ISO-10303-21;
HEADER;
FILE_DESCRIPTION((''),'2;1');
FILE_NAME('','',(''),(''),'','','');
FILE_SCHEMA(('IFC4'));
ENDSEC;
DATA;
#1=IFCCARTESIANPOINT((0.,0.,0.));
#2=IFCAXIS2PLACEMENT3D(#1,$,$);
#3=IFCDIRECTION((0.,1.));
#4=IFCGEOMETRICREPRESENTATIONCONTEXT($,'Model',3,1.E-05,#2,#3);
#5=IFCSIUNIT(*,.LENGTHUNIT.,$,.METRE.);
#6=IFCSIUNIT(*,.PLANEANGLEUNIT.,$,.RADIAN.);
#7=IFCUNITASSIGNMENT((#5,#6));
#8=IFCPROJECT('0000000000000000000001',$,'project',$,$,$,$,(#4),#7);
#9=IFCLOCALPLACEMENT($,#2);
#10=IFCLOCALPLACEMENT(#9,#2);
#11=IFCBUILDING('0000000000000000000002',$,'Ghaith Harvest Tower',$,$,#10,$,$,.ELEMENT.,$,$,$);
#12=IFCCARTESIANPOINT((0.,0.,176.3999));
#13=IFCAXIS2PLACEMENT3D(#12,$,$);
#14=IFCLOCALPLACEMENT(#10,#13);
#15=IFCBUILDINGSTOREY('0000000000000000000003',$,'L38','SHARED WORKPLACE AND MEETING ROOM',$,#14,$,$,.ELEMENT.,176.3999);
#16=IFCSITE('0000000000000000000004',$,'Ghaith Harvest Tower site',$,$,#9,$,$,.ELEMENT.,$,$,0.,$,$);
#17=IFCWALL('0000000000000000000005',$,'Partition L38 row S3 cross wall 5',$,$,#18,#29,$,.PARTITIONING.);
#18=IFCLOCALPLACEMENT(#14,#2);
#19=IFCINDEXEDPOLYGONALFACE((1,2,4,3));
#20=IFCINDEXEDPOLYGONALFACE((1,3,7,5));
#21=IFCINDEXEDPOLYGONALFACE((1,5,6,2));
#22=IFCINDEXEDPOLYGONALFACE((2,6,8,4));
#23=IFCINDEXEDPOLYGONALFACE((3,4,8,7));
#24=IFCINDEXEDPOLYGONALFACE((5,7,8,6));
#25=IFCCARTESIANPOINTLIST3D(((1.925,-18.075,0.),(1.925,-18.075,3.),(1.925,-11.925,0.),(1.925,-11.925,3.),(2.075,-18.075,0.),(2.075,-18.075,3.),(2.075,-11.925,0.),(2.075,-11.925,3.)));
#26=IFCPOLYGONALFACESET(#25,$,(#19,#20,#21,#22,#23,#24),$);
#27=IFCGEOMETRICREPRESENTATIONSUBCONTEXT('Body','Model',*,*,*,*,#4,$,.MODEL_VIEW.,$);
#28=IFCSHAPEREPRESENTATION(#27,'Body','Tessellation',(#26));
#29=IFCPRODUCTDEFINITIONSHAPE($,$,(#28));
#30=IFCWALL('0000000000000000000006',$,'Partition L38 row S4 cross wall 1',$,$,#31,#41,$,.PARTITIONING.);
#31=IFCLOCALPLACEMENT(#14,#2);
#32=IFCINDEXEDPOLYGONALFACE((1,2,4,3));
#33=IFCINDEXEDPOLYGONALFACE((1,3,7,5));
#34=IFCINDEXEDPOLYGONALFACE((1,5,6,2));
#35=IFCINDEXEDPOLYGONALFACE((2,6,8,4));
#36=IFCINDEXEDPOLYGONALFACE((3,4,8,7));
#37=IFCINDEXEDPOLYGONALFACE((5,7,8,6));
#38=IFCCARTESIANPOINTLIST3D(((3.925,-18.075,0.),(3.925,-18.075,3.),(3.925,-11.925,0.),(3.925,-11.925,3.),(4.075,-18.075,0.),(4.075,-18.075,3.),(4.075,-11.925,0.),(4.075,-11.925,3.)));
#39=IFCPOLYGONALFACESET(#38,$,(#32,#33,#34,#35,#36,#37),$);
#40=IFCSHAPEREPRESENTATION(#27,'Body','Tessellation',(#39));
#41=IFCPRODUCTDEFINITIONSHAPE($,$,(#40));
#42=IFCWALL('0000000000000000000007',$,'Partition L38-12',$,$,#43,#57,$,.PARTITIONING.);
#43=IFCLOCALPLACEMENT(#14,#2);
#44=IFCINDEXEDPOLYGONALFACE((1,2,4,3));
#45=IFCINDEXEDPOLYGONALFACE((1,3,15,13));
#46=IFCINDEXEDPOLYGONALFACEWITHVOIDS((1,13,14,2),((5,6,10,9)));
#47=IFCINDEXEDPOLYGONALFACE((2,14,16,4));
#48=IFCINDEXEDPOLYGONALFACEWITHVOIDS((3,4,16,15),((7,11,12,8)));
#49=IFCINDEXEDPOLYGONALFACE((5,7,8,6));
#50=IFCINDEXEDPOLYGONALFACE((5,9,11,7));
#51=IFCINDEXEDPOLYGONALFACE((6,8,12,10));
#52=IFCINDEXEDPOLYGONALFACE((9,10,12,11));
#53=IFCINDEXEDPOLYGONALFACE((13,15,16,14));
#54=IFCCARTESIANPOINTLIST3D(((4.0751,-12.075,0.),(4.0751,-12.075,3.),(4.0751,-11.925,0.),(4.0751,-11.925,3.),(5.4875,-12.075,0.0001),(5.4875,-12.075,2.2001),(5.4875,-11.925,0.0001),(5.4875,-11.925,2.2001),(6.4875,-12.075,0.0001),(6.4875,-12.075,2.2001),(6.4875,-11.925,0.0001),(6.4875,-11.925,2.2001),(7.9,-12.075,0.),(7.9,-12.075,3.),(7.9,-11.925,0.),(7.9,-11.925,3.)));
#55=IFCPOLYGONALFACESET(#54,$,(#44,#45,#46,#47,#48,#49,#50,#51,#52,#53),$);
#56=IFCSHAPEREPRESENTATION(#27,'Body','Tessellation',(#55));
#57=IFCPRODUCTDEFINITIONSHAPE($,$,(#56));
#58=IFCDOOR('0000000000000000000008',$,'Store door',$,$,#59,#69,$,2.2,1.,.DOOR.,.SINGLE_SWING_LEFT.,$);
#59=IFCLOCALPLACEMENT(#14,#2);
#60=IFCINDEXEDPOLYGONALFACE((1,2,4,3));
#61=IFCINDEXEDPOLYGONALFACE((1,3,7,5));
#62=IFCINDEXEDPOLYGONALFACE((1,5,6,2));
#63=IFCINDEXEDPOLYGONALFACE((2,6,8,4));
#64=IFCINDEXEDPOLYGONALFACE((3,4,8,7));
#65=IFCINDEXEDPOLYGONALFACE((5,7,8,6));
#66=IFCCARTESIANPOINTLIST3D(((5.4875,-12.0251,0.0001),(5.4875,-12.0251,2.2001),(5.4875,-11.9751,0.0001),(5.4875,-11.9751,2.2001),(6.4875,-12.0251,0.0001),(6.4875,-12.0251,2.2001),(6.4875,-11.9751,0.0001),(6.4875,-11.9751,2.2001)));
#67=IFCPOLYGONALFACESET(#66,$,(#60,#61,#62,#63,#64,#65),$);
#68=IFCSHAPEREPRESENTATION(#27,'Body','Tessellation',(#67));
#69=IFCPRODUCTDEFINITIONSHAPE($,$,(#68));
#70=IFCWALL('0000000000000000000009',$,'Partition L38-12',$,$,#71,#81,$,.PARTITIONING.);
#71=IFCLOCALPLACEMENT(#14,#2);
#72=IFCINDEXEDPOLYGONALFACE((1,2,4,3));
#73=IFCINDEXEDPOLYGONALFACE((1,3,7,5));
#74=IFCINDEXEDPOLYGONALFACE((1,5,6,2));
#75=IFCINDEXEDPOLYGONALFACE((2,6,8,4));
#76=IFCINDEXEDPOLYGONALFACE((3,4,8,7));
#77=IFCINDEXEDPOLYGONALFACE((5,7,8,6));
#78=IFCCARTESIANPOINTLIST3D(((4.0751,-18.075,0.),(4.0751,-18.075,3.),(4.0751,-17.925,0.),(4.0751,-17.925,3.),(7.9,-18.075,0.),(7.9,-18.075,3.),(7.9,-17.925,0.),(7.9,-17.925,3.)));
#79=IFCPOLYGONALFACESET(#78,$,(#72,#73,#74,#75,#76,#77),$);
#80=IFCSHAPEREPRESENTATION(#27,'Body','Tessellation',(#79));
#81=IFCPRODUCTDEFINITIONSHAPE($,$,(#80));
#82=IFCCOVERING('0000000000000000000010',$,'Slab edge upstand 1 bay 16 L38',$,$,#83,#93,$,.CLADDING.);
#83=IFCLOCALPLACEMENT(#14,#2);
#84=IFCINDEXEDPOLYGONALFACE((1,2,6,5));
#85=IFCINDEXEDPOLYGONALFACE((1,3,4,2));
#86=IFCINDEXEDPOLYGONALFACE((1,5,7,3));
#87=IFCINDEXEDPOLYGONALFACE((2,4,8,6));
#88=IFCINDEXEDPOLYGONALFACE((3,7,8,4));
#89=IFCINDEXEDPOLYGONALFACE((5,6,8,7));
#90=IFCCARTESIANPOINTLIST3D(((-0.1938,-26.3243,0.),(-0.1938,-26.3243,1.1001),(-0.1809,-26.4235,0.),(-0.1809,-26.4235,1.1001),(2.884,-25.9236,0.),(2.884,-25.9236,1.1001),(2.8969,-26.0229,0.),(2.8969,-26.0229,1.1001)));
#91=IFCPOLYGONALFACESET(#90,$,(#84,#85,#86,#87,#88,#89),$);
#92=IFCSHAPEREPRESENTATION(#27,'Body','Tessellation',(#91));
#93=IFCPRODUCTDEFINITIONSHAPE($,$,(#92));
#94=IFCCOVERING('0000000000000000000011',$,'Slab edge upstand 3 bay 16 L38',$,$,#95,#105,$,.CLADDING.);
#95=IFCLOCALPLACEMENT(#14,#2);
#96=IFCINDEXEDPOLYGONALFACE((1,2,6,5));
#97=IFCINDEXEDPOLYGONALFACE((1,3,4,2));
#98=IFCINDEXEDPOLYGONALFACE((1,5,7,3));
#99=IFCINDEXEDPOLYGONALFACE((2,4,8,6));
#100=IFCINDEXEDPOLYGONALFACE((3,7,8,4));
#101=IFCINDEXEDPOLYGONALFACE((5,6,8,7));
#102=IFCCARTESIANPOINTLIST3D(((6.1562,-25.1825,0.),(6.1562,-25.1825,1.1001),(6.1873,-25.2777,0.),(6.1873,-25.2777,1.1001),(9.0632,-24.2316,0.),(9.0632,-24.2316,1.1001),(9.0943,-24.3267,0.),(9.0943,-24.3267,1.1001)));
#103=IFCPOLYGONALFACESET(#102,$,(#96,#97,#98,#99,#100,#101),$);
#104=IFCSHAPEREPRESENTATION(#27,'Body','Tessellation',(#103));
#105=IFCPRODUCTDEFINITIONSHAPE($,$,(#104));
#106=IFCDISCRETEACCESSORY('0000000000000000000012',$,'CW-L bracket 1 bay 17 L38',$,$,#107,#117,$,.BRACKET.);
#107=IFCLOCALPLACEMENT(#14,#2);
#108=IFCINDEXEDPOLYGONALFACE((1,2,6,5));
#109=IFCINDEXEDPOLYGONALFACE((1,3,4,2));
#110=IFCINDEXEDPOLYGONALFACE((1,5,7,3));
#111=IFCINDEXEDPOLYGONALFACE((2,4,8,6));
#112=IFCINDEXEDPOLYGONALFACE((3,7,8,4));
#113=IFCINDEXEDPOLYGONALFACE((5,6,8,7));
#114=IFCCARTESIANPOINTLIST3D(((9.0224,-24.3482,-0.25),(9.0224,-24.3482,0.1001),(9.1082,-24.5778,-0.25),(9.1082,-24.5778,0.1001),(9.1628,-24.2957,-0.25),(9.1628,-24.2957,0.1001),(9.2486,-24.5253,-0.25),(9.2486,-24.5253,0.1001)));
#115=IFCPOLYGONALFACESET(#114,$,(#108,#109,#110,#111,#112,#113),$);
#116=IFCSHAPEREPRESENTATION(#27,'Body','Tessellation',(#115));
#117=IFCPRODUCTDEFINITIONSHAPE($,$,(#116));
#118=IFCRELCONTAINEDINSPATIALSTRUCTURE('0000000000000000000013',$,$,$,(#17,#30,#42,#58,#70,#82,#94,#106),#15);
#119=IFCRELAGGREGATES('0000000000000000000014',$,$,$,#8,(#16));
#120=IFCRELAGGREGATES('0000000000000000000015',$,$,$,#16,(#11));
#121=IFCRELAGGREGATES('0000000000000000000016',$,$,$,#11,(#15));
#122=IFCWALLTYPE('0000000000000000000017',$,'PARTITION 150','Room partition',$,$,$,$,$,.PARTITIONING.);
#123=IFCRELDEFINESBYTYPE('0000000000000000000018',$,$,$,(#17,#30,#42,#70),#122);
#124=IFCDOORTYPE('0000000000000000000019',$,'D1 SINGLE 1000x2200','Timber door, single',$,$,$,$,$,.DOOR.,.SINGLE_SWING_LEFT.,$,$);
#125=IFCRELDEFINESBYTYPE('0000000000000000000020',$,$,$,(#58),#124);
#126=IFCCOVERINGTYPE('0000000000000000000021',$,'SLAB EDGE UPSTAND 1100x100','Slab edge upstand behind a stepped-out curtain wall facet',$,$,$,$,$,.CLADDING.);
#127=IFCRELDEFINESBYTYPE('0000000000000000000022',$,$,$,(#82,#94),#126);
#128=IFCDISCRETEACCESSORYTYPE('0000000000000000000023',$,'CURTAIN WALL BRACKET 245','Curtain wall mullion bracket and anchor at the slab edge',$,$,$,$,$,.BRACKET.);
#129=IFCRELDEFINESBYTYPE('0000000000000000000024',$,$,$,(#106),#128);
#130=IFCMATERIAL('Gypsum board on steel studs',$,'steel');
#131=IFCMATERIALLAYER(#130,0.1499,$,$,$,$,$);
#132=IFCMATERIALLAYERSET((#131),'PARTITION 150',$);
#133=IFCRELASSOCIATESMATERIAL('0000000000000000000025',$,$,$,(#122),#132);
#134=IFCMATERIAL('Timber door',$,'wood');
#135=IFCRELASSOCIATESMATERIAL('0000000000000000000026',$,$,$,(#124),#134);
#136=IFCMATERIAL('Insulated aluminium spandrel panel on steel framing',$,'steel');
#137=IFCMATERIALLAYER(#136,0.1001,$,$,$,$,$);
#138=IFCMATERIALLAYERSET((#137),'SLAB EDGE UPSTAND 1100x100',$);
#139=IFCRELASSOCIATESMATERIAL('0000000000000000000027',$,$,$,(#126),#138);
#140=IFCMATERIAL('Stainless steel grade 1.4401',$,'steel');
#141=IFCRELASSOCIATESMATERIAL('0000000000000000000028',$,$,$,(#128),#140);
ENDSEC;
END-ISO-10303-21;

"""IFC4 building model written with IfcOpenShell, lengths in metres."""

from ifc_helpers import new_model, si_unit, direction, frame, frame_2d, origin, origin_2d, place, context, subcontext, project, spatial, rectangle, extrude, material, layer, layer_set, type_object, element, fill, save


model = new_model("IFC4")

# Units and contexts
model_context = context("Model", 3, precision=1e-05, world=origin(), true_north=direction((0.0, 1.0)))
body_context = subcontext(model_context, "Body", "Model", "MODEL_VIEW")
ifc_project = project(units=[si_unit("LENGTHUNIT", "METRE"), si_unit("PLANEANGLEUNIT", "RADIAN")], contexts=[model_context])

# Site, building, storey
site_placement = place(None, origin())
site = spatial("IfcSite", under=ifc_project, at=site_placement, Name="Ghaith Harvest Tower site", CompositionType="ELEMENT", RefElevation=0.0)
building_placement = place(site_placement, origin())
building = spatial("IfcBuilding", under=site, at=building_placement, Name="Ghaith Harvest Tower", CompositionType="ELEMENT")
storey_placement = place(building_placement, frame((0.0, 0.0, 176.3999)))
storey = spatial("IfcBuildingStorey", under=building, at=storey_placement, Name="L38", Description="SHARED WORKPLACE AND MEETING ROOM", CompositionType="ELEMENT", Elevation=176.3999)

# Walls
ifc_material_1 = material(Name="Gypsum board on steel studs", Category="steel")
ifc_layer_1 = layer(ifc_material_1, 0.1499)
ifc_layer_set_1 = layer_set([ifc_layer_1], Name="PARTITION 150")
wall_type_1 = type_object("IfcWallType", Name="PARTITION 150", Description="Room partition", PredefinedType="PARTITIONING", material=ifc_layer_set_1)
for number, where, z_axis, x_axis, name in (
    (1, (2.0, -11.925, 0.0), (0.0, 0.0, 1.0), (0.0, -1.0, 0.0), "Partition L38 row S3 cross wall 5"),
    (2, (4.0, -11.925, 0.0), (0.0, 0.0, 1.0), (0.0, -1.0, 0.0), "Partition L38 row S4 cross wall 1"),
):
    element("IfcWall", number, at=place(storey_placement, frame(where, z_axis=z_axis, x_axis=x_axis)), inside=storey, type_object=wall_type_1, Name=name, PredefinedType="PARTITIONING", context=body_context, shape_type="SweptSolid", body=[
        extrude(rectangle(XDim=6.1499, YDim=0.1499, at=frame_2d((3.075, 0.0))), origin(), (0.0, 0.0, 1.0), 3.0),
    ])

# Wall, opening, door
wall_1_placement = place(storey_placement, frame((4.075, -12.0, 0.0), z_axis=(0.0, 0.0, 1.0), x_axis=(1.0, 0.0, 0.0)))
wall_1 = element("IfcWall", 3, at=wall_1_placement, inside=storey, type_object=wall_type_1, Name="Partition L38-12", PredefinedType="PARTITIONING", context=body_context, shape_type="SweptSolid", body=[
    extrude(rectangle(XDim=3.825, YDim=0.1499, at=frame_2d((1.9126, 0.0))), origin(), (0.0, 0.0, 1.0), 3.0),
])
opening_1_placement = place(wall_1_placement, frame((1.4126, 0.0, 0.0)))
opening_1 = element("IfcOpeningElement", 4, at=opening_1_placement, cuts=wall_1, PredefinedType="OPENING", context=body_context, shape_type="SweptSolid", body=[
    extrude(rectangle(XDim=1.0, YDim=2.2, at=frame_2d((0.5, 1.1001))), frame((0.0, 0.085, 0.0), z_axis=(0.0, -1.0, 0.0), x_axis=(1.0, 0.0, 0.0)), (0.0, 0.0, 1.0), 0.1699),
])
ifc_material_2 = material(Name="Timber door", Category="wood")
door_type_1 = type_object("IfcDoorType", Name="D1 SINGLE 1000x2200", Description="Timber door, single", OperationType="SINGLE_SWING_LEFT", PredefinedType="DOOR", material=ifc_material_2)
door_1_placement = place(opening_1_placement, origin())
door_1 = element("IfcDoor", 5, at=door_1_placement, inside=storey, type_object=door_type_1, Name="Store door", OperationType="SINGLE_SWING_LEFT", OverallHeight=2.2, OverallWidth=1.0, PredefinedType="DOOR", context=body_context, shape_type="SweptSolid", body=[
    extrude(rectangle(XDim=1.0, YDim=2.2, at=frame_2d((0.5, 1.1001))), frame((0.0, 0.0249, 0.0), z_axis=(0.0, -1.0, 0.0), x_axis=(1.0, 0.0, 0.0)), (0.0, 0.0, 1.0), 0.05),
])
fill(opening_1, door_1)

# Wall
wall_2_placement = place(storey_placement, frame((4.075, -18.0, 0.0), z_axis=(0.0, 0.0, 1.0), x_axis=(1.0, 0.0, 0.0)))
element("IfcWall", 6, at=wall_2_placement, inside=storey, type_object=wall_type_1, Name="Partition L38-12", PredefinedType="PARTITIONING", context=body_context, shape_type="SweptSolid", body=[
    extrude(rectangle(XDim=3.825, YDim=0.1499, at=frame_2d((1.9126, 0.0))), origin(), (0.0, 0.0, 1.0), 3.0),
])

# Coverings
ifc_material_3 = material(Name="Insulated aluminium spandrel panel on steel framing", Category="steel")
ifc_layer_2 = layer(ifc_material_3, 0.1001)
ifc_layer_set_2 = layer_set([ifc_layer_2], Name="SLAB EDGE UPSTAND 1100x100")
covering_type = type_object("IfcCoveringType", Name="SLAB EDGE UPSTAND 1100x100", Description="Slab edge upstand behind a stepped-out curtain wall facet", PredefinedType="CLADDING", material=ifc_layer_set_2)
covering_1_placement = place(storey_placement, frame((1.3516, -26.1736, 0.0), z_axis=(0.0, 0.0, 1.0), x_axis=(0.991634, 0.129084, 0.0)))
element("IfcCovering", 7, at=covering_1_placement, inside=storey, type_object=covering_type, Name="Slab edge upstand 1 bay 16 L38", PredefinedType="CLADDING", context=body_context, shape_type="SweptSolid", body=[
    extrude(rectangle(XDim=3.1038, YDim=0.1001, at=origin_2d()), origin(), (0.0, 0.0, 1.0), 1.1001),
])
covering_2_placement = place(storey_placement, frame((7.6252, -24.7546, 0.0), z_axis=(0.0, 0.0, 1.0), x_axis=(0.950441, 0.310904, 0.0)))
element("IfcCovering", 8, at=covering_2_placement, inside=storey, type_object=covering_type, Name="Slab edge upstand 3 bay 16 L38", PredefinedType="CLADDING", context=body_context, shape_type="SweptSolid", body=[
    extrude(rectangle(XDim=3.0586, YDim=0.1001, at=origin_2d()), origin(), (0.0, 0.0, 1.0), 1.1001),
])

# Discrete accessory
ifc_material_4 = material(Name="Stainless steel grade 1.4401", Category="steel")
discrete_accessory_type = type_object("IfcDiscreteAccessoryType", Name="CURTAIN WALL BRACKET 245", Description="Curtain wall mullion bracket and anchor at the slab edge", PredefinedType="BRACKET", material=ifc_material_4)
discrete_accessory_placement = place(storey_placement, frame((9.1355, -24.4368, -0.25), z_axis=(0.0, 0.0, 1.0), x_axis=(0.350168, -0.936687, 0.0)))
element("IfcDiscreteAccessory", 9, at=discrete_accessory_placement, inside=storey, type_object=discrete_accessory_type, Name="CW-L bracket 1 bay 17 L38", PredefinedType="BRACKET", context=body_context, shape_type="SweptSolid", body=[
    extrude(rectangle(XDim=0.2451, YDim=0.1499, at=origin_2d()), origin(), (0.0, 0.0, 1.0), 0.3501),
])

save(model, "model.ifc")
